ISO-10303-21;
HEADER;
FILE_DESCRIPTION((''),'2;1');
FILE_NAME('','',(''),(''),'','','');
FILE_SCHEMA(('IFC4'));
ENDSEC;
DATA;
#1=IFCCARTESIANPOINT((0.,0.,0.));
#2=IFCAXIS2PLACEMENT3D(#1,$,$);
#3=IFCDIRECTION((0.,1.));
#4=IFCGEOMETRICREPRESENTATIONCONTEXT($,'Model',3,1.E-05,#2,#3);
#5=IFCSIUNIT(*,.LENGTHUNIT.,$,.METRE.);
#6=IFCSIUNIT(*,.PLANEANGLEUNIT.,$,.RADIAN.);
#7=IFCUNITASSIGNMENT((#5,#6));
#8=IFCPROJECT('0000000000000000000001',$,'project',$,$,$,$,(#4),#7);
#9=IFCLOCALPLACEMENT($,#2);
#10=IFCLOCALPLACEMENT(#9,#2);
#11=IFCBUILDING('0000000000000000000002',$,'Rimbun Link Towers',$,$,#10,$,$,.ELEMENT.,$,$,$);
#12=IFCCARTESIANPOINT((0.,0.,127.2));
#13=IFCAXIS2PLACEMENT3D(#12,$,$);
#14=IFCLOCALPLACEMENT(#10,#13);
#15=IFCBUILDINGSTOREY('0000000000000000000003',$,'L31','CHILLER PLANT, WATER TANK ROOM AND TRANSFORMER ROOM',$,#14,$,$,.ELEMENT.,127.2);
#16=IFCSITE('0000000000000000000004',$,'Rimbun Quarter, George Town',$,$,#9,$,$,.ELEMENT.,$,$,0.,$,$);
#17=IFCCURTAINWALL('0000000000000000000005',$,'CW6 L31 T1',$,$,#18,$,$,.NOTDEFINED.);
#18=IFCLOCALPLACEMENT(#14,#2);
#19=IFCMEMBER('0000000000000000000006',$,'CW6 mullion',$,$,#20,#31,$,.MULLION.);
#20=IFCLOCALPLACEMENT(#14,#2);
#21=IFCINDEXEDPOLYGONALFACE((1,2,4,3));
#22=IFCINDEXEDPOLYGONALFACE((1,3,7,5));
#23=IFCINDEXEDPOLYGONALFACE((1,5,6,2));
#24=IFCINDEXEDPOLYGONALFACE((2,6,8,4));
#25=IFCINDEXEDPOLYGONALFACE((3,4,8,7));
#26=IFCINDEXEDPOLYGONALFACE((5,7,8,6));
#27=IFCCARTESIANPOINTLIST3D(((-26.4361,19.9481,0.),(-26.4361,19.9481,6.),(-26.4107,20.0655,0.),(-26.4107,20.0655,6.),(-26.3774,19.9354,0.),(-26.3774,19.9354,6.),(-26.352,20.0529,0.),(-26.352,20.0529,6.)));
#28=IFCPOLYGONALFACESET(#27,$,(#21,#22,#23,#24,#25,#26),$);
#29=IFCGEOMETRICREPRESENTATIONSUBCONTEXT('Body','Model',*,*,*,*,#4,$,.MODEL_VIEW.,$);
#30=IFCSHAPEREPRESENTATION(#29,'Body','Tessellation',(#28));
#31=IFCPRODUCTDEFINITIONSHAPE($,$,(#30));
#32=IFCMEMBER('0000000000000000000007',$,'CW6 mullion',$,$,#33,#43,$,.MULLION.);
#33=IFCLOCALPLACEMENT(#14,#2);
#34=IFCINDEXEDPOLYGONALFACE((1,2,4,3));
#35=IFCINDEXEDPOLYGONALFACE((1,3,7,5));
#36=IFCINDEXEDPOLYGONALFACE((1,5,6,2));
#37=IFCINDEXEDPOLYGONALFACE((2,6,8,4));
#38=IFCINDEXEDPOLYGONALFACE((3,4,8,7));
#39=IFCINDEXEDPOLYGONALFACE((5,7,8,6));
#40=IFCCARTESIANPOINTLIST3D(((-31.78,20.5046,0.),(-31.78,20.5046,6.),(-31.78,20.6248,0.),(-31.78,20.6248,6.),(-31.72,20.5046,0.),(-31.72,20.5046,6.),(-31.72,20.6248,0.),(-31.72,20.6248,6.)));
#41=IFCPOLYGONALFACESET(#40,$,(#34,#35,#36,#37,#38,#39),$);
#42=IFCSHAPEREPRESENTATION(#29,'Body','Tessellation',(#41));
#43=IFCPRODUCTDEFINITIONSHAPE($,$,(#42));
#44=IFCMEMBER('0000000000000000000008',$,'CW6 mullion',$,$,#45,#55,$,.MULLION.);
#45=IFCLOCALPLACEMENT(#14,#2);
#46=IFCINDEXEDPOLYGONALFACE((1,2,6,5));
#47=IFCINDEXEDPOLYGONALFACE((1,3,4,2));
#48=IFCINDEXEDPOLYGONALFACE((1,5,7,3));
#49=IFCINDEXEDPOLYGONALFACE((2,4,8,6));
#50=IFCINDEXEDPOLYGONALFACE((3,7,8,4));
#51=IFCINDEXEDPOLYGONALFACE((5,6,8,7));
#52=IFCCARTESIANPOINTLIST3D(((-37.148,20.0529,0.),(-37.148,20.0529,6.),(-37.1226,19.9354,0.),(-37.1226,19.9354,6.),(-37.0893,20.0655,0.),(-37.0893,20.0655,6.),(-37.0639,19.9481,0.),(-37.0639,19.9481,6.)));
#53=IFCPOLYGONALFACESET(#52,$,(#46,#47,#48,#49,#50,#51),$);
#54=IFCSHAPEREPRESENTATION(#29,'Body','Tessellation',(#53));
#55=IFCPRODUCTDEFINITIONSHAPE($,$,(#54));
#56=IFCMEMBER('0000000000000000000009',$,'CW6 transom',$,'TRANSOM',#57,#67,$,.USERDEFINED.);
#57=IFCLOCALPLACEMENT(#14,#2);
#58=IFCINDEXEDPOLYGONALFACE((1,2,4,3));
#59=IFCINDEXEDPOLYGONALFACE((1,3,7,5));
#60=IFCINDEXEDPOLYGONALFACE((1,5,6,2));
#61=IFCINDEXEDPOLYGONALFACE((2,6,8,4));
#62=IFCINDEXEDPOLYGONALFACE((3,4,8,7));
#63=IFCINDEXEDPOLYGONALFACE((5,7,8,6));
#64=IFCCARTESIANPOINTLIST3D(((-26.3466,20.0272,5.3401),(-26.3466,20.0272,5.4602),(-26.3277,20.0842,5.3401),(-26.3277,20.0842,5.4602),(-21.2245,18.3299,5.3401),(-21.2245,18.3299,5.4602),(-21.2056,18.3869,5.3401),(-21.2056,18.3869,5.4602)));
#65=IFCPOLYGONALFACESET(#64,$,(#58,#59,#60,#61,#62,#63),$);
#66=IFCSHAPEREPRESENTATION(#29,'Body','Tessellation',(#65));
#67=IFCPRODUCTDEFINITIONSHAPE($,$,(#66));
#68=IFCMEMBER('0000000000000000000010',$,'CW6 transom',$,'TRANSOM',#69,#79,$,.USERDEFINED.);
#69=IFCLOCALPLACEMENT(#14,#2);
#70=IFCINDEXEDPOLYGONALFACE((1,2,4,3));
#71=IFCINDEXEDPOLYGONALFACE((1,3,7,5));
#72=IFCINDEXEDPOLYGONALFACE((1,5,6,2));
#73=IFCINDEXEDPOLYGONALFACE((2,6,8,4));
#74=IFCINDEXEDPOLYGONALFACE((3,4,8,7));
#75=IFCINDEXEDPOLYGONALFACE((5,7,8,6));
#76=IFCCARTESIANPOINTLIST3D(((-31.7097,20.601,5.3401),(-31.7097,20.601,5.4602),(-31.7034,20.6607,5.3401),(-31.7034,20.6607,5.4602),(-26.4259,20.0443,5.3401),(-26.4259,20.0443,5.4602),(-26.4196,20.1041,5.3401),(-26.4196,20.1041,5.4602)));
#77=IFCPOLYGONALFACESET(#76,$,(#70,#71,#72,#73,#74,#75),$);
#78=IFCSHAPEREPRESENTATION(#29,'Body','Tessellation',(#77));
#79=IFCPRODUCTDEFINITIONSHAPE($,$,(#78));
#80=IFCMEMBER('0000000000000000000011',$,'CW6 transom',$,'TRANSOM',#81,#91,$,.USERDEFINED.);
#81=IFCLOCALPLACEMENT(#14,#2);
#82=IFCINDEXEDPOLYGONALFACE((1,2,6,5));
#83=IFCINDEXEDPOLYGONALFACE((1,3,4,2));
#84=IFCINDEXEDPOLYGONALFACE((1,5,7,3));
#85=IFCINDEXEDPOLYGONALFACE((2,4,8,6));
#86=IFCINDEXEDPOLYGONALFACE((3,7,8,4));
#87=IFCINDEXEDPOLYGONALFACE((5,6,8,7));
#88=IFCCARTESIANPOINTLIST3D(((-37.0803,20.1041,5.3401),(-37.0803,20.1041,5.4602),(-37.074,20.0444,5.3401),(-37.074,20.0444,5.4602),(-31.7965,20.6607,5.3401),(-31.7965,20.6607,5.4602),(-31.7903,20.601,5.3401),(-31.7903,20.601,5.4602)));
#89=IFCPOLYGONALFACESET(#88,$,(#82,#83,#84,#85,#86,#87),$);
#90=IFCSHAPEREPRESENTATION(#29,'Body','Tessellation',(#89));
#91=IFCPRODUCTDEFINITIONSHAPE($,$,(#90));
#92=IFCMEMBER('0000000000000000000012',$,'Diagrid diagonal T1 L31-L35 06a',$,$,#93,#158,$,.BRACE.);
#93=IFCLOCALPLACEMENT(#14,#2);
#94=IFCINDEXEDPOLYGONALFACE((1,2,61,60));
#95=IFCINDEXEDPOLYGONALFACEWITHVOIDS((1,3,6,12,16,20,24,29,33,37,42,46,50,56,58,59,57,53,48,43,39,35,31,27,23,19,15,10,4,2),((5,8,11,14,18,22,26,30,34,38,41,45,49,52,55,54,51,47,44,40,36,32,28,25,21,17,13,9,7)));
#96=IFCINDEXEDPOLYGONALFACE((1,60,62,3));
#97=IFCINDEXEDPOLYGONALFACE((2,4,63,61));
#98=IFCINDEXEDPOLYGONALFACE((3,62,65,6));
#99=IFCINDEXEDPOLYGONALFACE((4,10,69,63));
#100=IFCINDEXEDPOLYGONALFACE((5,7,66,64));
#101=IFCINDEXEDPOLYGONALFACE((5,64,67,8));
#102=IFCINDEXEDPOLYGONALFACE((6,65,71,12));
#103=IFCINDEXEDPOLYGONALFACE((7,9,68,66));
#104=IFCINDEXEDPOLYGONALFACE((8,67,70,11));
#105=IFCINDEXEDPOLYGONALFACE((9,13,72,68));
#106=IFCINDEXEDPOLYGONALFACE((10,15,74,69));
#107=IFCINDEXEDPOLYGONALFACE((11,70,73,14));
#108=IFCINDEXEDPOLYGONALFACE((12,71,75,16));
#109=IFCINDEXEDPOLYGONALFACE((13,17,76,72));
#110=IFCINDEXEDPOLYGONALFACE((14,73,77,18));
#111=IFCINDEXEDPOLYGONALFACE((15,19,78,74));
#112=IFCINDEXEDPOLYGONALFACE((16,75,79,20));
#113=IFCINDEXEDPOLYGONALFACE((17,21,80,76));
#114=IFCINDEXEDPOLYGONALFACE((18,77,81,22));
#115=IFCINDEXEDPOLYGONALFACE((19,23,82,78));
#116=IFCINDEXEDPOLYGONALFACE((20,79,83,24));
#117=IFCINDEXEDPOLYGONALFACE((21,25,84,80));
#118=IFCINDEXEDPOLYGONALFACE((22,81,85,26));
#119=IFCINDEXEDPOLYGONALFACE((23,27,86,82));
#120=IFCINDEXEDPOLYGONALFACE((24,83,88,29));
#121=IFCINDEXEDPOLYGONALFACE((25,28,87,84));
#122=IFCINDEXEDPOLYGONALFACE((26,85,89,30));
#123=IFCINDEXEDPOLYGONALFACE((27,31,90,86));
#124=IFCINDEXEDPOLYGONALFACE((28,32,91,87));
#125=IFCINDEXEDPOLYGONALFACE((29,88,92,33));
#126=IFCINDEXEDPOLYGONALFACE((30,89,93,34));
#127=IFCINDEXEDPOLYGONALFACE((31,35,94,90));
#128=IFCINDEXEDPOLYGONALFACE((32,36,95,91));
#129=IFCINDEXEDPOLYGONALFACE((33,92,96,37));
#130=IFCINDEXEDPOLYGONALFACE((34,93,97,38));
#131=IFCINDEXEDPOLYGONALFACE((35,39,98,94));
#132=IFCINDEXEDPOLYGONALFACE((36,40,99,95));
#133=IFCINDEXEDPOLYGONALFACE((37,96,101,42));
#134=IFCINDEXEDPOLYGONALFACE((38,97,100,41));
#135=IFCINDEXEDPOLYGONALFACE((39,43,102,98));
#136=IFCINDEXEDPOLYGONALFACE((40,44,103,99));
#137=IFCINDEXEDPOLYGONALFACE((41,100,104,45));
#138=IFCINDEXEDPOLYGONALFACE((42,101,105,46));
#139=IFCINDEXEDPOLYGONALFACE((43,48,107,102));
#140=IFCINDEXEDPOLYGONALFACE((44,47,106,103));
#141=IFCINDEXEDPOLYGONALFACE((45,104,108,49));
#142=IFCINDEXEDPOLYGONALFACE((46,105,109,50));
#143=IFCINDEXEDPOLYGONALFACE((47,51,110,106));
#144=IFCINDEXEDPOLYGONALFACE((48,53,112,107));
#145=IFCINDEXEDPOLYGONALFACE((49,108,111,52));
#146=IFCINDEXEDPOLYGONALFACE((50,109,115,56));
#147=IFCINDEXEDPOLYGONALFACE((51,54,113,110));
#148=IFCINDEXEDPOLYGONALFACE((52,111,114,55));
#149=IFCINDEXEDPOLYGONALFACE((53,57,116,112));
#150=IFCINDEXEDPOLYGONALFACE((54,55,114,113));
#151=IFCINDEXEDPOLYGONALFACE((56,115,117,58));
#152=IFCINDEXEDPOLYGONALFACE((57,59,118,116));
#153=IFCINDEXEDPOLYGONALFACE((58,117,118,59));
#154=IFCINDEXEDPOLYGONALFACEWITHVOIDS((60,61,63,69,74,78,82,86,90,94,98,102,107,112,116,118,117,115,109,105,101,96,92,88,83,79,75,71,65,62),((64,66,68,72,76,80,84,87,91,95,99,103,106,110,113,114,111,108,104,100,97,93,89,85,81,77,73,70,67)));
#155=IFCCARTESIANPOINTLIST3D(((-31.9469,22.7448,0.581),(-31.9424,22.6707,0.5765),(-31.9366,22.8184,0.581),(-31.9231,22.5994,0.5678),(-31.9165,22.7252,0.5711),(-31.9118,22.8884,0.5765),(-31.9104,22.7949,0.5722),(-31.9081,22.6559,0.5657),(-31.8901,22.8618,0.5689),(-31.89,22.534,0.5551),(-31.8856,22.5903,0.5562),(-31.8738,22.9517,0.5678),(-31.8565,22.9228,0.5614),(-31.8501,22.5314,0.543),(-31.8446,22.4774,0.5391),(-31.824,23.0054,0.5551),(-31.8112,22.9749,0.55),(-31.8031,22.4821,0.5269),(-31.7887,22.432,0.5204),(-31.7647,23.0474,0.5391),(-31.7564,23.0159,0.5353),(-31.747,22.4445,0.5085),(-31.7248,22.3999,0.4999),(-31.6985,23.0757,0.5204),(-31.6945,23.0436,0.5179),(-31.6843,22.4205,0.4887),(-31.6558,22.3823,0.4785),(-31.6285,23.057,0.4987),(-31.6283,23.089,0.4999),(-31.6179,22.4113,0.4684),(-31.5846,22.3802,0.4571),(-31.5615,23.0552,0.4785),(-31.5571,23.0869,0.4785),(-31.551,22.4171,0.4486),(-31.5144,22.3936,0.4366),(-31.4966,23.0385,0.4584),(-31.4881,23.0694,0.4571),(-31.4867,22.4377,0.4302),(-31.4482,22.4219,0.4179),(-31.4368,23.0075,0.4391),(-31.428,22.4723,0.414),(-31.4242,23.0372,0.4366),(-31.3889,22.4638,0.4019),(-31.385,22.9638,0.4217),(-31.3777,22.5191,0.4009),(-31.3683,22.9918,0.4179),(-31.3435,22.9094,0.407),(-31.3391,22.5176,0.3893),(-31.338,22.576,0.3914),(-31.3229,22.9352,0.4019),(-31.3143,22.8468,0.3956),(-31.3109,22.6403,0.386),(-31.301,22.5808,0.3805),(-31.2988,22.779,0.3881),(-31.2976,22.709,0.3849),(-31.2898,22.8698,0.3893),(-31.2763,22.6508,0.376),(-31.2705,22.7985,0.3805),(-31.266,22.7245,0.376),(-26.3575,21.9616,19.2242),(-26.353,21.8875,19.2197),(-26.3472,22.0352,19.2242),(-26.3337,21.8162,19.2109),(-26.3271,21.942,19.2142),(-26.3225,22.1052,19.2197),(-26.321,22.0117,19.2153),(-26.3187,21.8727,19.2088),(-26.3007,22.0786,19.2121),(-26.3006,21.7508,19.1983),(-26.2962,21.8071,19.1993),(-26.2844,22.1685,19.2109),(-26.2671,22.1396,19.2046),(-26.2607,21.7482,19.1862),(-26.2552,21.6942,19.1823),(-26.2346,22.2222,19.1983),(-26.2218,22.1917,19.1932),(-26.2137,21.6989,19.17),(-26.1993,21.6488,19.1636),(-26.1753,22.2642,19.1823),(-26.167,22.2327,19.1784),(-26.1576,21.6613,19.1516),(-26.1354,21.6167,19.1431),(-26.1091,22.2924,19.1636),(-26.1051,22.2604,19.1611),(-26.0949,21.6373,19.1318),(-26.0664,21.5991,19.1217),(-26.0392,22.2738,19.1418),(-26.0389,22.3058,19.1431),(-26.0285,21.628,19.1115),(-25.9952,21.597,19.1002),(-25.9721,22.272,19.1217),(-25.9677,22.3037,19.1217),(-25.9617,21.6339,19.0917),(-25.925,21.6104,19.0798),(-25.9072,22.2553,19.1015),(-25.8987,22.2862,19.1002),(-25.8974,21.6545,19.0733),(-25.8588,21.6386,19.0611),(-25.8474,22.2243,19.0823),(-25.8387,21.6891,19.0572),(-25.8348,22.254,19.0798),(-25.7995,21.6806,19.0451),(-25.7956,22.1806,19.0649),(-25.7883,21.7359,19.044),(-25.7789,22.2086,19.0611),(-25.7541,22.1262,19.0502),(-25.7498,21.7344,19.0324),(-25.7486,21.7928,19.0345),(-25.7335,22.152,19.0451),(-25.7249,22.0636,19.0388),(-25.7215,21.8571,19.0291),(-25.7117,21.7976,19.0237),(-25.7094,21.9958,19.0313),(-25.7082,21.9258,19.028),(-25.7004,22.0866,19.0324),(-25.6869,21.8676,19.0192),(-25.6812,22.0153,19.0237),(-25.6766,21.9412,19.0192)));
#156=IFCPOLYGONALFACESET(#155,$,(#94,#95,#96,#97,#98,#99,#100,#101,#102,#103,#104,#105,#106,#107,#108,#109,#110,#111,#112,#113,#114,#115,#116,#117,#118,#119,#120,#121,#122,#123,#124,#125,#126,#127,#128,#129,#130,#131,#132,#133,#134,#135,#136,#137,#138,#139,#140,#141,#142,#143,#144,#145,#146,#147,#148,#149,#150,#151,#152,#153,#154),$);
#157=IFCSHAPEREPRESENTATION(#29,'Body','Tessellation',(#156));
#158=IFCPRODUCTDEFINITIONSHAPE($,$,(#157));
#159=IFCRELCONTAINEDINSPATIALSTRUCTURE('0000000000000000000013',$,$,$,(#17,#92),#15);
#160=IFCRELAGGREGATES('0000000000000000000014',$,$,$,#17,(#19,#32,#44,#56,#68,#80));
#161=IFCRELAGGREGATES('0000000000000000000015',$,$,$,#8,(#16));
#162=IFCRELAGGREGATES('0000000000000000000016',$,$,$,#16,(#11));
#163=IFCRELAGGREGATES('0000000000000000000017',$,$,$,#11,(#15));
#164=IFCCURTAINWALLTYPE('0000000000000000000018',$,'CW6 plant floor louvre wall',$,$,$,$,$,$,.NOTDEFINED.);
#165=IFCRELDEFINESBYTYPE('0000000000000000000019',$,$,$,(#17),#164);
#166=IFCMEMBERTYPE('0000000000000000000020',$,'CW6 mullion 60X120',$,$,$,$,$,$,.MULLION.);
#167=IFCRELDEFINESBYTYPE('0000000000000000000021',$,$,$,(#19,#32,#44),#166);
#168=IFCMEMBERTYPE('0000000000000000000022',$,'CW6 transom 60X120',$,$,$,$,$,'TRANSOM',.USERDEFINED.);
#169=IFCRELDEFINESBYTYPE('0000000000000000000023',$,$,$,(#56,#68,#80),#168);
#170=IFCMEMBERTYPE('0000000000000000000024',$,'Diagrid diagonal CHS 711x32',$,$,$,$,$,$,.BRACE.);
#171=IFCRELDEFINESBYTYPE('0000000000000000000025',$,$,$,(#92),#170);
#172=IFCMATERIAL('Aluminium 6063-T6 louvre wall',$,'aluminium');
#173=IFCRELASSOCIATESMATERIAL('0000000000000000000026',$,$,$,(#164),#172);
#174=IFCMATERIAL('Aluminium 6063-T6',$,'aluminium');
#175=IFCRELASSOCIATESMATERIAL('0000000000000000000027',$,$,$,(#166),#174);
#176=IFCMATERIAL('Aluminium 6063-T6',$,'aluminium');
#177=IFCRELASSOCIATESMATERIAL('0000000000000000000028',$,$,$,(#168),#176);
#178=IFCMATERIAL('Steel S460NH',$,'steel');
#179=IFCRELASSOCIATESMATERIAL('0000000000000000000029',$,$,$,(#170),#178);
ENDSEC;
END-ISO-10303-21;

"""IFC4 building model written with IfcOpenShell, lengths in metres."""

from ifc_helpers import new_model, si_unit, direction, frame, origin, origin_2d, place, context, subcontext, project, spatial, rectangle, hollow_circle, extrude, material, material_profile, profile_set, type_object, element, aggregate, save


model = new_model("IFC4")

# Units and contexts
model_context = context("Model", 3, precision=1e-05, world=origin(), true_north=direction((0.0, 1.0)))
body_context = subcontext(model_context, "Body", "Model", "MODEL_VIEW")
ifc_project = project(units=[si_unit("LENGTHUNIT", "METRE"), si_unit("PLANEANGLEUNIT", "RADIAN")], contexts=[model_context])

# Site, building, storey
site_placement = place(None, origin())
site = spatial("IfcSite", under=ifc_project, at=site_placement, Name="Rimbun Quarter, George Town", CompositionType="ELEMENT", RefElevation=0.0)
building_placement = place(site_placement, origin())
building = spatial("IfcBuilding", under=site, at=building_placement, Name="Rimbun Link Towers", CompositionType="ELEMENT")
storey_placement = place(building_placement, frame((0.0, 0.0, 127.2)))
storey = spatial("IfcBuildingStorey", under=building, at=storey_placement, Name="L31", Description="CHILLER PLANT, WATER TANK ROOM AND TRANSFORMER ROOM", CompositionType="ELEMENT", Elevation=127.2)

# Curtain wall, members
ifc_material_1 = material(Name="Aluminium 6063-T6 louvre wall", Category="aluminium")
curtain_wall_type = type_object("IfcCurtainWallType", Name="CW6 plant floor louvre wall", PredefinedType="NOTDEFINED", material=ifc_material_1)
curtain_wall_placement = place(storey_placement, origin())
curtain_wall = element("IfcCurtainWall", 1, at=curtain_wall_placement, inside=storey, type_object=curtain_wall_type, Name="CW6 L31 T1", PredefinedType="NOTDEFINED")
ifc_material_2 = material(Name="Aluminium 6063-T6", Category="aluminium")
ifc_material_profile_1 = material_profile(ifc_material_2, rectangle(XDim=0.1201, YDim=0.0601, at=origin_2d()), Name="MULLION 60X120")
ifc_profile_set_1 = profile_set([ifc_material_profile_1], Name="Aluminium 6063-T6")
member_type_1 = type_object("IfcMemberType", Name="CW6 mullion 60X120", PredefinedType="MULLION", material=ifc_profile_set_1)
member_1_placement = place(storey_placement, frame((-26.394, 20.0005, 0.0), z_axis=(0.0, 0.0, 1.0), x_axis=(0.210875, 0.977513, 0.0)))
member_1 = element("IfcMember", 2, at=member_1_placement, type_object=member_type_1, Name="CW6 mullion", PredefinedType="MULLION", context=body_context, shape_type="SweptSolid", body=[
    extrude(rectangle(XDim=0.1201, YDim=0.0601, at=origin_2d()), origin(), (0.0, 0.0, 1.0), 6.0),
])
member_2_placement = place(storey_placement, frame((-31.75, 20.5647, 0.0), z_axis=(0.0, 0.0, 1.0), x_axis=(0.0, 1.0, 0.0)))
member_2 = element("IfcMember", 3, at=member_2_placement, type_object=member_type_1, Name="CW6 mullion", PredefinedType="MULLION", context=body_context, shape_type="SweptSolid", body=[
    extrude(rectangle(XDim=0.1201, YDim=0.0601, at=origin_2d()), origin(), (0.0, 0.0, 1.0), 6.0),
])
member_3_placement = place(storey_placement, frame((-37.106, 20.0005, 0.0), z_axis=(0.0, 0.0, 1.0), x_axis=(-0.210875, 0.977513, 0.0)))
member_3 = element("IfcMember", 4, at=member_3_placement, type_object=member_type_1, Name="CW6 mullion", PredefinedType="MULLION", context=body_context, shape_type="SweptSolid", body=[
    extrude(rectangle(XDim=0.1201, YDim=0.0601, at=origin_2d()), origin(), (0.0, 0.0, 1.0), 6.0),
])
ifc_material_3 = material(Name="Aluminium 6063-T6", Category="aluminium")
ifc_material_profile_2 = material_profile(ifc_material_3, rectangle(XDim=0.0601, YDim=0.1201, at=origin_2d()), Name="TRANSOM 60X120")
ifc_profile_set_2 = profile_set([ifc_material_profile_2], Name="Aluminium 6063-T6")
member_type_2 = type_object("IfcMemberType", Name="CW6 transom 60X120", ElementType="TRANSOM", PredefinedType="USERDEFINED", material=ifc_profile_set_2)
member_4_placement = place(storey_placement, frame((-26.3372, 20.0557, 5.4001), z_axis=(0.949243, -0.314544, 0.0), x_axis=(0.314544, 0.949243, 0.0)))
member_4 = element("IfcMember", 5, at=member_4_placement, type_object=member_type_2, Name="CW6 transom", ObjectType="TRANSOM", PredefinedType="USERDEFINED", context=body_context, shape_type="SweptSolid", body=[
    extrude(rectangle(XDim=0.0601, YDim=0.1201, at=origin_2d()), origin(), (0.0, 0.0, 1.0), 5.396),
])
member_5_placement = place(storey_placement, frame((-31.7065, 20.6309, 5.4001), z_axis=(0.994496, -0.104771, 0.0), x_axis=(0.104771, 0.994496, 0.0)))
member_5 = element("IfcMember", 6, at=member_5_placement, type_object=member_type_2, Name="CW6 transom", ObjectType="TRANSOM", PredefinedType="USERDEFINED", context=body_context, shape_type="SweptSolid", body=[
    extrude(rectangle(XDim=0.0601, YDim=0.1201, at=origin_2d()), origin(), (0.0, 0.0, 1.0), 5.313),
])
member_6_placement = place(storey_placement, frame((-37.0771, 20.0742, 5.4001), z_axis=(0.994496, 0.104771, 0.0), x_axis=(-0.104771, 0.994496, 0.0)))
member_6 = element("IfcMember", 7, at=member_6_placement, type_object=member_type_2, Name="CW6 transom", ObjectType="TRANSOM", PredefinedType="USERDEFINED", context=body_context, shape_type="SweptSolid", body=[
    extrude(rectangle(XDim=0.0601, YDim=0.1201, at=origin_2d()), origin(), (0.0, 0.0, 1.0), 5.313),
])

# Member
ifc_material_4 = material(Name="Steel S460NH", Category="steel")
ifc_material_profile_3 = material_profile(ifc_material_4, hollow_circle(Radius=0.3557, WallThickness=0.032, at=origin_2d()), Name="Diagrid diagonal CHS 711x32")
ifc_profile_set_3 = profile_set([ifc_material_profile_3], Name="Steel S460NH")
member_type_3 = type_object("IfcMemberType", Name="Diagrid diagonal CHS 711x32", PredefinedType="BRACE", material=ifc_profile_set_3)
for number, where, z_axis, x_axis, name in (
    (8, (-31.6064, 22.7346, 0.4785), (0.286948, -0.040208, 0.957102), (0.138768, 0.990325, 0.0), "Diagrid diagonal T1 L31-L35 06a"),
):
    element("IfcMember", number, at=place(storey_placement, frame(where, z_axis=z_axis, x_axis=x_axis)), inside=storey, type_object=member_type_3, Name=name, PredefinedType="BRACE", context=body_context, shape_type="SweptSolid", body=[
        extrude(hollow_circle(Radius=0.3557, WallThickness=0.032, at=origin_2d()), origin(), (0.0, 0.0, 1.0), 19.4788),
    ])

aggregate(curtain_wall, [member_1, member_2, member_3, member_4, member_5, member_6])

save(model, "model.ifc")
